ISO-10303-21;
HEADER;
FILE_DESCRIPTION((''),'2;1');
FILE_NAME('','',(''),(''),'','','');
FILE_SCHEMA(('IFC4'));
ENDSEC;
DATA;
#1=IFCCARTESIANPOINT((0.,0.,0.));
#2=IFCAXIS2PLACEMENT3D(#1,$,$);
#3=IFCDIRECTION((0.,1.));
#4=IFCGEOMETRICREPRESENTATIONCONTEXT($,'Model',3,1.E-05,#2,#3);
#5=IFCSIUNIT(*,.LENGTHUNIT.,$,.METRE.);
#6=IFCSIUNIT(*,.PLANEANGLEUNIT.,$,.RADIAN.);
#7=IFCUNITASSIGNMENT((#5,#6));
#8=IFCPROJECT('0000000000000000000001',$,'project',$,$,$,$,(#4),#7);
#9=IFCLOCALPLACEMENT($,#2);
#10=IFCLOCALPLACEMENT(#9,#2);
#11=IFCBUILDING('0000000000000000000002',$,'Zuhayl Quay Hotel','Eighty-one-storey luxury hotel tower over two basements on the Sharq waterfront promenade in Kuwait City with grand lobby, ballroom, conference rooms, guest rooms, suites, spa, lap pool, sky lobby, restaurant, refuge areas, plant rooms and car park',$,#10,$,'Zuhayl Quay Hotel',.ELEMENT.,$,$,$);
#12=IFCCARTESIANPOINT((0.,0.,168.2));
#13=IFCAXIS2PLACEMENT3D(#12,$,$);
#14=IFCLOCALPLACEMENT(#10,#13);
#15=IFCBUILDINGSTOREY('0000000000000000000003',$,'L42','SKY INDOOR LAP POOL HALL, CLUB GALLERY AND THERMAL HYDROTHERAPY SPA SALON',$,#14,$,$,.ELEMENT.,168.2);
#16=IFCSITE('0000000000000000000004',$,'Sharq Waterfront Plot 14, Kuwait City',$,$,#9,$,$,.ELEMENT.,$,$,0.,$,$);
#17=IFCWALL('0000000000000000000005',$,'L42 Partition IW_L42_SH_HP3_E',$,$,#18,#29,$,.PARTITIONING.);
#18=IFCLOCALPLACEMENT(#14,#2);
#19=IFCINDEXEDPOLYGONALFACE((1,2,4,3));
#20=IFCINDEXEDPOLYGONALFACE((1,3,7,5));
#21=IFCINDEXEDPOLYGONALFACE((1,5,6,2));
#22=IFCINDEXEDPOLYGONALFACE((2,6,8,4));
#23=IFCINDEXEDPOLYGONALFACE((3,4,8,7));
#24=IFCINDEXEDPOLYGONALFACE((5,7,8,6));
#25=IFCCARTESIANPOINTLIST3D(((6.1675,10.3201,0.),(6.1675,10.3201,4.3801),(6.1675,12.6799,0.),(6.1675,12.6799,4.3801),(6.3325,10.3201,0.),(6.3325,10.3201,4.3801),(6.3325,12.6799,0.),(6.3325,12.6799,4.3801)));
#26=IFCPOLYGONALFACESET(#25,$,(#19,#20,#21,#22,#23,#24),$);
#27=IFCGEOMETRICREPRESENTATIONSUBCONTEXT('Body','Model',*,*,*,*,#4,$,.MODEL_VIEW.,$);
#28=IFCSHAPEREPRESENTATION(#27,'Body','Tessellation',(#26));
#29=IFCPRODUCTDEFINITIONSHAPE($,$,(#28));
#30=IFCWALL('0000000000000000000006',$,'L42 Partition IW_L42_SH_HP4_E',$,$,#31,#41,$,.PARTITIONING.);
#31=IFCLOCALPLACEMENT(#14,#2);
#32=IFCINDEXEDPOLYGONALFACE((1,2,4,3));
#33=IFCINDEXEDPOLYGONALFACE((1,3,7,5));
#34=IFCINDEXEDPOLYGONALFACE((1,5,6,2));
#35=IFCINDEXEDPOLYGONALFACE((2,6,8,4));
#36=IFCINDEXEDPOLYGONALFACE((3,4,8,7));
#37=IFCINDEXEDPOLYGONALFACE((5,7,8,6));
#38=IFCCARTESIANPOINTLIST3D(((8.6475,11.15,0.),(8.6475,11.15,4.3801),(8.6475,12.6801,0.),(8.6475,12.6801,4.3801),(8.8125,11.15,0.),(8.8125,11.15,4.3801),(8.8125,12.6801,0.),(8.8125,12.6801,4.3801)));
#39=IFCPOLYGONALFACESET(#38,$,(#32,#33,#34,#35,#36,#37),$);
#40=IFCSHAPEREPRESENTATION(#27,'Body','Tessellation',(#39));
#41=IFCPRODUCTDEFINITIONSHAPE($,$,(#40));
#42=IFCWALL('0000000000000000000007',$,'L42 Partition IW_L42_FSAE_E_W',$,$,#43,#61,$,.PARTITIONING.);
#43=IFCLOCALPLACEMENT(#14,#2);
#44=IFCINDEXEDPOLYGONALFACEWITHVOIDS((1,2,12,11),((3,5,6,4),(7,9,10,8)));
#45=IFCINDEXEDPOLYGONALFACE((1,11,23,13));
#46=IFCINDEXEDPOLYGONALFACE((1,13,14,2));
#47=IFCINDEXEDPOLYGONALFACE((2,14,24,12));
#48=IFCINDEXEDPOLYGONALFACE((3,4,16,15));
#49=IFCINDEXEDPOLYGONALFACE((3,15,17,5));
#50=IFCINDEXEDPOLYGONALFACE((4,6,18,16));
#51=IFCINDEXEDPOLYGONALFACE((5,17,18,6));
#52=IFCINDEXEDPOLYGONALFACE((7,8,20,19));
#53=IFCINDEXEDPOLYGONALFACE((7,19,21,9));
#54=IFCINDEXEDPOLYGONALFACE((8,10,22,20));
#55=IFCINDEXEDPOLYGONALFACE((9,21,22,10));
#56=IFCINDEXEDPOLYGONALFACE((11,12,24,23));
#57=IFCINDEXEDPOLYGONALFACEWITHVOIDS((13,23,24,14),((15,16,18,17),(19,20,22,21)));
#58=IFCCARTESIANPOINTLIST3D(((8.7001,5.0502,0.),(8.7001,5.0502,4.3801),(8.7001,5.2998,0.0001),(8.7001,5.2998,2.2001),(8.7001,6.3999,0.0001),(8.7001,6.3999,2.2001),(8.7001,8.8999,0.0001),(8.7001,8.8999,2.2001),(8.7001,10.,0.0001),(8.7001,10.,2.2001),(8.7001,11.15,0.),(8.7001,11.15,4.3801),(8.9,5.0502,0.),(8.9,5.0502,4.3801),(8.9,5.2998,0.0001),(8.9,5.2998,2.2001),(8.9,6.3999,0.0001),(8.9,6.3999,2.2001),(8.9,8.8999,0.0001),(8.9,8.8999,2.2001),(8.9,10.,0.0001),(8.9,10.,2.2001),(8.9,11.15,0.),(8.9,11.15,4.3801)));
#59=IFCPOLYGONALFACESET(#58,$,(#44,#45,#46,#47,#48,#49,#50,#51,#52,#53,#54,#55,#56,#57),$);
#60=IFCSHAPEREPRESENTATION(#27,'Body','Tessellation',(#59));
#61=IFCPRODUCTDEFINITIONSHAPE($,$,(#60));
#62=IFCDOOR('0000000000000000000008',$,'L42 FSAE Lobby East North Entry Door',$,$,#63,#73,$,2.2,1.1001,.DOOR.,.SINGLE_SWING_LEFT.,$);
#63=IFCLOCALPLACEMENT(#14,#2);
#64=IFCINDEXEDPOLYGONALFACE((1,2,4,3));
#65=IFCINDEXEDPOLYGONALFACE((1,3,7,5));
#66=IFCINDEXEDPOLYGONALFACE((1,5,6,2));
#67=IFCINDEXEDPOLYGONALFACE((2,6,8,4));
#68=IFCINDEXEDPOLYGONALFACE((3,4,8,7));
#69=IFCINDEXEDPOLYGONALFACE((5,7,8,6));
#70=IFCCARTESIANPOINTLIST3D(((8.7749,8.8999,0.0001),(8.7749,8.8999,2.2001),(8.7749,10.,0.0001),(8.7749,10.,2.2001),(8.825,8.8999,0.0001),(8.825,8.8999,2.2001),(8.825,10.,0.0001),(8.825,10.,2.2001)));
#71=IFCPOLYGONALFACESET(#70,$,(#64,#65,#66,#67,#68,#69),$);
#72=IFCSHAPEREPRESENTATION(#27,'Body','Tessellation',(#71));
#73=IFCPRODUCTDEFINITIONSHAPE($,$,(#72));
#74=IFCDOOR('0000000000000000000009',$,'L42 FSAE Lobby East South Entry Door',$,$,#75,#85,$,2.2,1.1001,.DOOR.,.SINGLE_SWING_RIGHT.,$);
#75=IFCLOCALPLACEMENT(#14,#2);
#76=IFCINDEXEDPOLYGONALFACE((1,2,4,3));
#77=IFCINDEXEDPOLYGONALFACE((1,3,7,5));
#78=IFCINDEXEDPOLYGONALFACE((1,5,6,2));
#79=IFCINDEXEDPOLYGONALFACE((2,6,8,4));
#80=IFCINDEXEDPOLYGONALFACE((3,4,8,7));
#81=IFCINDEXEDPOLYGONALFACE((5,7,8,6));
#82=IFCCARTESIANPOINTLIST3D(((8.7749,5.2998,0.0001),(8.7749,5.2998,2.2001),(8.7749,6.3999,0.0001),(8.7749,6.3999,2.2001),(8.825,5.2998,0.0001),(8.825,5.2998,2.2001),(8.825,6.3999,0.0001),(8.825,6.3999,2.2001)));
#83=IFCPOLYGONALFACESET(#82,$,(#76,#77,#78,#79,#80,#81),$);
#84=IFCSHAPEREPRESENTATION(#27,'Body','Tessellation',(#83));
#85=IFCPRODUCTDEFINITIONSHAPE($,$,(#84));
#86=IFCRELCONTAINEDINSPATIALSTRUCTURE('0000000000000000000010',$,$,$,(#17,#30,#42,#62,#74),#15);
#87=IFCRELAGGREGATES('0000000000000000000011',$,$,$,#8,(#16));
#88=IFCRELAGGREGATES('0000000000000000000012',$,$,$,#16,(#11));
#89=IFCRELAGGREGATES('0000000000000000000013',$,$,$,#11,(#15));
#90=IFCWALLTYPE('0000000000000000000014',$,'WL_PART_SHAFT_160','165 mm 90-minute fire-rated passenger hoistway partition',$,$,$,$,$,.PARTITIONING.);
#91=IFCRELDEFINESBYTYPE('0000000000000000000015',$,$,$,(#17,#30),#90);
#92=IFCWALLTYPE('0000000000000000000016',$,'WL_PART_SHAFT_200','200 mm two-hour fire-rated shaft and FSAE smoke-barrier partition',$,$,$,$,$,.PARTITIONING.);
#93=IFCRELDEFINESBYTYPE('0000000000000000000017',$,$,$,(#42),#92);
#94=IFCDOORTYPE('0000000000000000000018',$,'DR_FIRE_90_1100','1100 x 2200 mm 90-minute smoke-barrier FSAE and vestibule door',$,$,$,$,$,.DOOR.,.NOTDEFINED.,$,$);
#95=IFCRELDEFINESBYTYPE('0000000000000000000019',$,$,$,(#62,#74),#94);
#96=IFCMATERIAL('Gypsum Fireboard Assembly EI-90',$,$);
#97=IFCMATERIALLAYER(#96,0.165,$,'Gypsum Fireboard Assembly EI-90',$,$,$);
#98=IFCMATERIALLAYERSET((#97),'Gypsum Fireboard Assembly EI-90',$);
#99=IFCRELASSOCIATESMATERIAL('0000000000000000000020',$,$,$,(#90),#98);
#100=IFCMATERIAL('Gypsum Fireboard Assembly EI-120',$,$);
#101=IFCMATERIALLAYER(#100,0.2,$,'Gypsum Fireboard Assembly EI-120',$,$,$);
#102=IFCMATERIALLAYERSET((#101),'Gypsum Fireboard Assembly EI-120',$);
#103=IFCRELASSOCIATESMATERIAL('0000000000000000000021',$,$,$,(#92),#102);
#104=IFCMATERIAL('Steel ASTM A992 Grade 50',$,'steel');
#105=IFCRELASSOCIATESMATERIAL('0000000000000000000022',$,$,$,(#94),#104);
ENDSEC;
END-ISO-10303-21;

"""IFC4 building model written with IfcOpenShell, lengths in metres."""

from ifc_helpers import new_model, si_unit, direction, frame, frame_2d, origin, place, context, subcontext, project, spatial, rectangle, extrude, material, layer, layer_set, type_object, element, fill, save


model = new_model("IFC4")

# Units and contexts
model_context = context("Model", 3, precision=1e-05, world=origin(), true_north=direction((0.0, 1.0)))
body_context = subcontext(model_context, "Body", "Model", "MODEL_VIEW")
ifc_project = project(units=[si_unit("LENGTHUNIT", "METRE"), si_unit("PLANEANGLEUNIT", "RADIAN")], contexts=[model_context])

# Site, building, storey
site_placement = place(None, origin())
site = spatial("IfcSite", under=ifc_project, at=site_placement, Name="Sharq Waterfront Plot 14, Kuwait City", CompositionType="ELEMENT", RefElevation=0.0)
building_placement = place(site_placement, origin())
building = spatial("IfcBuilding", under=site, at=building_placement, Name="Zuhayl Quay Hotel", Description="Eighty-one-storey luxury hotel tower over two basements on the Sharq waterfront promenade in Kuwait City with grand lobby, ballroom, conference rooms, guest rooms, suites, spa, lap pool, sky lobby, restaurant, refuge areas, plant rooms and car park", LongName="Zuhayl Quay Hotel", CompositionType="ELEMENT")
storey_placement = place(building_placement, frame((0.0, 0.0, 168.2)))
storey = spatial("IfcBuildingStorey", under=building, at=storey_placement, Name="L42", Description="SKY INDOOR LAP POOL HALL, CLUB GALLERY AND THERMAL HYDROTHERAPY SPA SALON", CompositionType="ELEMENT", Elevation=168.2)

# Shared definitions
ifc_material_1 = material(Name="Steel ASTM A992 Grade 50", Category="steel")

# Shared definitions
ifc_material_2 = material(Name="Gypsum Fireboard Assembly EI-90")
ifc_layer_1 = layer(ifc_material_2, 0.165, Name="Gypsum Fireboard Assembly EI-90")
ifc_layer_set_1 = layer_set([ifc_layer_1], Name="Gypsum Fireboard Assembly EI-90")
wall_type_1 = type_object("IfcWallType", Name="WL_PART_SHAFT_160", Description="165 mm 90-minute fire-rated passenger hoistway partition", PredefinedType="PARTITIONING", material=ifc_layer_set_1)

# Walls
for number, where, z_axis, x_axis, name in (
    (1, (6.25, 10.3201, 0.0), (0.0, 0.0, 1.0), (0.0, 1.0, 0.0), "L42 Partition IW_L42_SH_HP3_E"),
):
    element("IfcWall", number, at=place(storey_placement, frame(where, z_axis=z_axis, x_axis=x_axis)), inside=storey, type_object=wall_type_1, Name=name, PredefinedType="PARTITIONING", context=body_context, shape_type="SweptSolid", body=[
        extrude(rectangle(XDim=2.3599, YDim=0.165, at=frame_2d((1.1799, 0.0))), origin(), (0.0, 0.0, 1.0), 4.3801),
    ])
wall_1_placement = place(storey_placement, frame((8.73, 11.1499, 0.0), z_axis=(0.0, 0.0, 1.0), x_axis=(0.0, 1.0, 0.0)))
element("IfcWall", 2, at=wall_1_placement, inside=storey, type_object=wall_type_1, Name="L42 Partition IW_L42_SH_HP4_E", PredefinedType="PARTITIONING", context=body_context, shape_type="SweptSolid", body=[
    extrude(rectangle(XDim=1.53, YDim=0.165, at=frame_2d((0.7651, 0.0))), origin(), (0.0, 0.0, 1.0), 4.3801),
])

# Wall, openings, doors
ifc_material_3 = material(Name="Gypsum Fireboard Assembly EI-120")
ifc_layer_2 = layer(ifc_material_3, 0.2, Name="Gypsum Fireboard Assembly EI-120")
ifc_layer_set_2 = layer_set([ifc_layer_2], Name="Gypsum Fireboard Assembly EI-120")
wall_type_2 = type_object("IfcWallType", Name="WL_PART_SHAFT_200", Description="200 mm two-hour fire-rated shaft and FSAE smoke-barrier partition", PredefinedType="PARTITIONING", material=ifc_layer_set_2)
wall_2_placement = place(storey_placement, frame((8.8, 11.1499, 0.0), z_axis=(0.0, 0.0, 1.0), x_axis=(0.0, -1.0, 0.0)))
wall_2 = element("IfcWall", 3, at=wall_2_placement, inside=storey, type_object=wall_type_2, Name="L42 Partition IW_L42_FSAE_E_W", PredefinedType="PARTITIONING", context=body_context, shape_type="SweptSolid", body=[
    extrude(rectangle(XDim=6.0999, YDim=0.2, at=frame_2d((3.0498, 0.0))), origin(), (0.0, 0.0, 1.0), 4.3801),
])
opening_1_placement = place(wall_2_placement, frame((1.1499, 0.0, 0.0)))
opening_1 = element("IfcOpeningElement", 4, at=opening_1_placement, cuts=wall_2, PredefinedType="OPENING", context=body_context, shape_type="SweptSolid", body=[
    extrude(rectangle(XDim=1.1001, YDim=2.2, at=frame_2d((0.55, 1.1001))), frame((0.0, 0.1099, 0.0), z_axis=(0.0, -1.0, 0.0), x_axis=(1.0, 0.0, 0.0)), (0.0, 0.0, 1.0), 0.22),
])
opening_2_placement = place(wall_2_placement, frame((4.75, 0.0, 0.0)))
opening_2 = element("IfcOpeningElement", 5, at=opening_2_placement, cuts=wall_2, PredefinedType="OPENING", context=body_context, shape_type="SweptSolid", body=[
    extrude(rectangle(XDim=1.1001, YDim=2.2, at=frame_2d((0.55, 1.1001))), frame((0.0, 0.1099, 0.0), z_axis=(0.0, -1.0, 0.0), x_axis=(1.0, 0.0, 0.0)), (0.0, 0.0, 1.0), 0.22),
])
door_type_1 = type_object("IfcDoorType", Name="DR_FIRE_90_1100", Description="1100 x 2200 mm 90-minute smoke-barrier FSAE and vestibule door", OperationType="NOTDEFINED", PredefinedType="DOOR", material=ifc_material_1)
door_1_placement = place(opening_1_placement, origin())
door_1 = element("IfcDoor", 6, at=door_1_placement, inside=storey, type_object=door_type_1, Name="L42 FSAE Lobby East North Entry Door", OperationType="SINGLE_SWING_LEFT", OverallHeight=2.2, OverallWidth=1.1001, PredefinedType="DOOR", context=body_context, shape_type="SweptSolid", body=[
    extrude(rectangle(XDim=1.1001, YDim=2.2, at=frame_2d((0.55, 1.1001))), frame((0.0, 0.0249, 0.0), z_axis=(0.0, -1.0, 0.0), x_axis=(1.0, 0.0, 0.0)), (0.0, 0.0, 1.0), 0.05),
])
fill(opening_1, door_1)
door_2_placement = place(opening_2_placement, origin())
door_2 = element("IfcDoor", 7, at=door_2_placement, inside=storey, type_object=door_type_1, Name="L42 FSAE Lobby East South Entry Door", OperationType="SINGLE_SWING_RIGHT", OverallHeight=2.2, OverallWidth=1.1001, PredefinedType="DOOR", context=body_context, shape_type="SweptSolid", body=[
    extrude(rectangle(XDim=1.1001, YDim=2.2, at=frame_2d((0.55, 1.1001))), frame((0.0, 0.0249, 0.0), z_axis=(0.0, -1.0, 0.0), x_axis=(1.0, 0.0, 0.0)), (0.0, 0.0, 1.0), 0.05),
])
fill(opening_2, door_2)

save(model, "model.ifc")
